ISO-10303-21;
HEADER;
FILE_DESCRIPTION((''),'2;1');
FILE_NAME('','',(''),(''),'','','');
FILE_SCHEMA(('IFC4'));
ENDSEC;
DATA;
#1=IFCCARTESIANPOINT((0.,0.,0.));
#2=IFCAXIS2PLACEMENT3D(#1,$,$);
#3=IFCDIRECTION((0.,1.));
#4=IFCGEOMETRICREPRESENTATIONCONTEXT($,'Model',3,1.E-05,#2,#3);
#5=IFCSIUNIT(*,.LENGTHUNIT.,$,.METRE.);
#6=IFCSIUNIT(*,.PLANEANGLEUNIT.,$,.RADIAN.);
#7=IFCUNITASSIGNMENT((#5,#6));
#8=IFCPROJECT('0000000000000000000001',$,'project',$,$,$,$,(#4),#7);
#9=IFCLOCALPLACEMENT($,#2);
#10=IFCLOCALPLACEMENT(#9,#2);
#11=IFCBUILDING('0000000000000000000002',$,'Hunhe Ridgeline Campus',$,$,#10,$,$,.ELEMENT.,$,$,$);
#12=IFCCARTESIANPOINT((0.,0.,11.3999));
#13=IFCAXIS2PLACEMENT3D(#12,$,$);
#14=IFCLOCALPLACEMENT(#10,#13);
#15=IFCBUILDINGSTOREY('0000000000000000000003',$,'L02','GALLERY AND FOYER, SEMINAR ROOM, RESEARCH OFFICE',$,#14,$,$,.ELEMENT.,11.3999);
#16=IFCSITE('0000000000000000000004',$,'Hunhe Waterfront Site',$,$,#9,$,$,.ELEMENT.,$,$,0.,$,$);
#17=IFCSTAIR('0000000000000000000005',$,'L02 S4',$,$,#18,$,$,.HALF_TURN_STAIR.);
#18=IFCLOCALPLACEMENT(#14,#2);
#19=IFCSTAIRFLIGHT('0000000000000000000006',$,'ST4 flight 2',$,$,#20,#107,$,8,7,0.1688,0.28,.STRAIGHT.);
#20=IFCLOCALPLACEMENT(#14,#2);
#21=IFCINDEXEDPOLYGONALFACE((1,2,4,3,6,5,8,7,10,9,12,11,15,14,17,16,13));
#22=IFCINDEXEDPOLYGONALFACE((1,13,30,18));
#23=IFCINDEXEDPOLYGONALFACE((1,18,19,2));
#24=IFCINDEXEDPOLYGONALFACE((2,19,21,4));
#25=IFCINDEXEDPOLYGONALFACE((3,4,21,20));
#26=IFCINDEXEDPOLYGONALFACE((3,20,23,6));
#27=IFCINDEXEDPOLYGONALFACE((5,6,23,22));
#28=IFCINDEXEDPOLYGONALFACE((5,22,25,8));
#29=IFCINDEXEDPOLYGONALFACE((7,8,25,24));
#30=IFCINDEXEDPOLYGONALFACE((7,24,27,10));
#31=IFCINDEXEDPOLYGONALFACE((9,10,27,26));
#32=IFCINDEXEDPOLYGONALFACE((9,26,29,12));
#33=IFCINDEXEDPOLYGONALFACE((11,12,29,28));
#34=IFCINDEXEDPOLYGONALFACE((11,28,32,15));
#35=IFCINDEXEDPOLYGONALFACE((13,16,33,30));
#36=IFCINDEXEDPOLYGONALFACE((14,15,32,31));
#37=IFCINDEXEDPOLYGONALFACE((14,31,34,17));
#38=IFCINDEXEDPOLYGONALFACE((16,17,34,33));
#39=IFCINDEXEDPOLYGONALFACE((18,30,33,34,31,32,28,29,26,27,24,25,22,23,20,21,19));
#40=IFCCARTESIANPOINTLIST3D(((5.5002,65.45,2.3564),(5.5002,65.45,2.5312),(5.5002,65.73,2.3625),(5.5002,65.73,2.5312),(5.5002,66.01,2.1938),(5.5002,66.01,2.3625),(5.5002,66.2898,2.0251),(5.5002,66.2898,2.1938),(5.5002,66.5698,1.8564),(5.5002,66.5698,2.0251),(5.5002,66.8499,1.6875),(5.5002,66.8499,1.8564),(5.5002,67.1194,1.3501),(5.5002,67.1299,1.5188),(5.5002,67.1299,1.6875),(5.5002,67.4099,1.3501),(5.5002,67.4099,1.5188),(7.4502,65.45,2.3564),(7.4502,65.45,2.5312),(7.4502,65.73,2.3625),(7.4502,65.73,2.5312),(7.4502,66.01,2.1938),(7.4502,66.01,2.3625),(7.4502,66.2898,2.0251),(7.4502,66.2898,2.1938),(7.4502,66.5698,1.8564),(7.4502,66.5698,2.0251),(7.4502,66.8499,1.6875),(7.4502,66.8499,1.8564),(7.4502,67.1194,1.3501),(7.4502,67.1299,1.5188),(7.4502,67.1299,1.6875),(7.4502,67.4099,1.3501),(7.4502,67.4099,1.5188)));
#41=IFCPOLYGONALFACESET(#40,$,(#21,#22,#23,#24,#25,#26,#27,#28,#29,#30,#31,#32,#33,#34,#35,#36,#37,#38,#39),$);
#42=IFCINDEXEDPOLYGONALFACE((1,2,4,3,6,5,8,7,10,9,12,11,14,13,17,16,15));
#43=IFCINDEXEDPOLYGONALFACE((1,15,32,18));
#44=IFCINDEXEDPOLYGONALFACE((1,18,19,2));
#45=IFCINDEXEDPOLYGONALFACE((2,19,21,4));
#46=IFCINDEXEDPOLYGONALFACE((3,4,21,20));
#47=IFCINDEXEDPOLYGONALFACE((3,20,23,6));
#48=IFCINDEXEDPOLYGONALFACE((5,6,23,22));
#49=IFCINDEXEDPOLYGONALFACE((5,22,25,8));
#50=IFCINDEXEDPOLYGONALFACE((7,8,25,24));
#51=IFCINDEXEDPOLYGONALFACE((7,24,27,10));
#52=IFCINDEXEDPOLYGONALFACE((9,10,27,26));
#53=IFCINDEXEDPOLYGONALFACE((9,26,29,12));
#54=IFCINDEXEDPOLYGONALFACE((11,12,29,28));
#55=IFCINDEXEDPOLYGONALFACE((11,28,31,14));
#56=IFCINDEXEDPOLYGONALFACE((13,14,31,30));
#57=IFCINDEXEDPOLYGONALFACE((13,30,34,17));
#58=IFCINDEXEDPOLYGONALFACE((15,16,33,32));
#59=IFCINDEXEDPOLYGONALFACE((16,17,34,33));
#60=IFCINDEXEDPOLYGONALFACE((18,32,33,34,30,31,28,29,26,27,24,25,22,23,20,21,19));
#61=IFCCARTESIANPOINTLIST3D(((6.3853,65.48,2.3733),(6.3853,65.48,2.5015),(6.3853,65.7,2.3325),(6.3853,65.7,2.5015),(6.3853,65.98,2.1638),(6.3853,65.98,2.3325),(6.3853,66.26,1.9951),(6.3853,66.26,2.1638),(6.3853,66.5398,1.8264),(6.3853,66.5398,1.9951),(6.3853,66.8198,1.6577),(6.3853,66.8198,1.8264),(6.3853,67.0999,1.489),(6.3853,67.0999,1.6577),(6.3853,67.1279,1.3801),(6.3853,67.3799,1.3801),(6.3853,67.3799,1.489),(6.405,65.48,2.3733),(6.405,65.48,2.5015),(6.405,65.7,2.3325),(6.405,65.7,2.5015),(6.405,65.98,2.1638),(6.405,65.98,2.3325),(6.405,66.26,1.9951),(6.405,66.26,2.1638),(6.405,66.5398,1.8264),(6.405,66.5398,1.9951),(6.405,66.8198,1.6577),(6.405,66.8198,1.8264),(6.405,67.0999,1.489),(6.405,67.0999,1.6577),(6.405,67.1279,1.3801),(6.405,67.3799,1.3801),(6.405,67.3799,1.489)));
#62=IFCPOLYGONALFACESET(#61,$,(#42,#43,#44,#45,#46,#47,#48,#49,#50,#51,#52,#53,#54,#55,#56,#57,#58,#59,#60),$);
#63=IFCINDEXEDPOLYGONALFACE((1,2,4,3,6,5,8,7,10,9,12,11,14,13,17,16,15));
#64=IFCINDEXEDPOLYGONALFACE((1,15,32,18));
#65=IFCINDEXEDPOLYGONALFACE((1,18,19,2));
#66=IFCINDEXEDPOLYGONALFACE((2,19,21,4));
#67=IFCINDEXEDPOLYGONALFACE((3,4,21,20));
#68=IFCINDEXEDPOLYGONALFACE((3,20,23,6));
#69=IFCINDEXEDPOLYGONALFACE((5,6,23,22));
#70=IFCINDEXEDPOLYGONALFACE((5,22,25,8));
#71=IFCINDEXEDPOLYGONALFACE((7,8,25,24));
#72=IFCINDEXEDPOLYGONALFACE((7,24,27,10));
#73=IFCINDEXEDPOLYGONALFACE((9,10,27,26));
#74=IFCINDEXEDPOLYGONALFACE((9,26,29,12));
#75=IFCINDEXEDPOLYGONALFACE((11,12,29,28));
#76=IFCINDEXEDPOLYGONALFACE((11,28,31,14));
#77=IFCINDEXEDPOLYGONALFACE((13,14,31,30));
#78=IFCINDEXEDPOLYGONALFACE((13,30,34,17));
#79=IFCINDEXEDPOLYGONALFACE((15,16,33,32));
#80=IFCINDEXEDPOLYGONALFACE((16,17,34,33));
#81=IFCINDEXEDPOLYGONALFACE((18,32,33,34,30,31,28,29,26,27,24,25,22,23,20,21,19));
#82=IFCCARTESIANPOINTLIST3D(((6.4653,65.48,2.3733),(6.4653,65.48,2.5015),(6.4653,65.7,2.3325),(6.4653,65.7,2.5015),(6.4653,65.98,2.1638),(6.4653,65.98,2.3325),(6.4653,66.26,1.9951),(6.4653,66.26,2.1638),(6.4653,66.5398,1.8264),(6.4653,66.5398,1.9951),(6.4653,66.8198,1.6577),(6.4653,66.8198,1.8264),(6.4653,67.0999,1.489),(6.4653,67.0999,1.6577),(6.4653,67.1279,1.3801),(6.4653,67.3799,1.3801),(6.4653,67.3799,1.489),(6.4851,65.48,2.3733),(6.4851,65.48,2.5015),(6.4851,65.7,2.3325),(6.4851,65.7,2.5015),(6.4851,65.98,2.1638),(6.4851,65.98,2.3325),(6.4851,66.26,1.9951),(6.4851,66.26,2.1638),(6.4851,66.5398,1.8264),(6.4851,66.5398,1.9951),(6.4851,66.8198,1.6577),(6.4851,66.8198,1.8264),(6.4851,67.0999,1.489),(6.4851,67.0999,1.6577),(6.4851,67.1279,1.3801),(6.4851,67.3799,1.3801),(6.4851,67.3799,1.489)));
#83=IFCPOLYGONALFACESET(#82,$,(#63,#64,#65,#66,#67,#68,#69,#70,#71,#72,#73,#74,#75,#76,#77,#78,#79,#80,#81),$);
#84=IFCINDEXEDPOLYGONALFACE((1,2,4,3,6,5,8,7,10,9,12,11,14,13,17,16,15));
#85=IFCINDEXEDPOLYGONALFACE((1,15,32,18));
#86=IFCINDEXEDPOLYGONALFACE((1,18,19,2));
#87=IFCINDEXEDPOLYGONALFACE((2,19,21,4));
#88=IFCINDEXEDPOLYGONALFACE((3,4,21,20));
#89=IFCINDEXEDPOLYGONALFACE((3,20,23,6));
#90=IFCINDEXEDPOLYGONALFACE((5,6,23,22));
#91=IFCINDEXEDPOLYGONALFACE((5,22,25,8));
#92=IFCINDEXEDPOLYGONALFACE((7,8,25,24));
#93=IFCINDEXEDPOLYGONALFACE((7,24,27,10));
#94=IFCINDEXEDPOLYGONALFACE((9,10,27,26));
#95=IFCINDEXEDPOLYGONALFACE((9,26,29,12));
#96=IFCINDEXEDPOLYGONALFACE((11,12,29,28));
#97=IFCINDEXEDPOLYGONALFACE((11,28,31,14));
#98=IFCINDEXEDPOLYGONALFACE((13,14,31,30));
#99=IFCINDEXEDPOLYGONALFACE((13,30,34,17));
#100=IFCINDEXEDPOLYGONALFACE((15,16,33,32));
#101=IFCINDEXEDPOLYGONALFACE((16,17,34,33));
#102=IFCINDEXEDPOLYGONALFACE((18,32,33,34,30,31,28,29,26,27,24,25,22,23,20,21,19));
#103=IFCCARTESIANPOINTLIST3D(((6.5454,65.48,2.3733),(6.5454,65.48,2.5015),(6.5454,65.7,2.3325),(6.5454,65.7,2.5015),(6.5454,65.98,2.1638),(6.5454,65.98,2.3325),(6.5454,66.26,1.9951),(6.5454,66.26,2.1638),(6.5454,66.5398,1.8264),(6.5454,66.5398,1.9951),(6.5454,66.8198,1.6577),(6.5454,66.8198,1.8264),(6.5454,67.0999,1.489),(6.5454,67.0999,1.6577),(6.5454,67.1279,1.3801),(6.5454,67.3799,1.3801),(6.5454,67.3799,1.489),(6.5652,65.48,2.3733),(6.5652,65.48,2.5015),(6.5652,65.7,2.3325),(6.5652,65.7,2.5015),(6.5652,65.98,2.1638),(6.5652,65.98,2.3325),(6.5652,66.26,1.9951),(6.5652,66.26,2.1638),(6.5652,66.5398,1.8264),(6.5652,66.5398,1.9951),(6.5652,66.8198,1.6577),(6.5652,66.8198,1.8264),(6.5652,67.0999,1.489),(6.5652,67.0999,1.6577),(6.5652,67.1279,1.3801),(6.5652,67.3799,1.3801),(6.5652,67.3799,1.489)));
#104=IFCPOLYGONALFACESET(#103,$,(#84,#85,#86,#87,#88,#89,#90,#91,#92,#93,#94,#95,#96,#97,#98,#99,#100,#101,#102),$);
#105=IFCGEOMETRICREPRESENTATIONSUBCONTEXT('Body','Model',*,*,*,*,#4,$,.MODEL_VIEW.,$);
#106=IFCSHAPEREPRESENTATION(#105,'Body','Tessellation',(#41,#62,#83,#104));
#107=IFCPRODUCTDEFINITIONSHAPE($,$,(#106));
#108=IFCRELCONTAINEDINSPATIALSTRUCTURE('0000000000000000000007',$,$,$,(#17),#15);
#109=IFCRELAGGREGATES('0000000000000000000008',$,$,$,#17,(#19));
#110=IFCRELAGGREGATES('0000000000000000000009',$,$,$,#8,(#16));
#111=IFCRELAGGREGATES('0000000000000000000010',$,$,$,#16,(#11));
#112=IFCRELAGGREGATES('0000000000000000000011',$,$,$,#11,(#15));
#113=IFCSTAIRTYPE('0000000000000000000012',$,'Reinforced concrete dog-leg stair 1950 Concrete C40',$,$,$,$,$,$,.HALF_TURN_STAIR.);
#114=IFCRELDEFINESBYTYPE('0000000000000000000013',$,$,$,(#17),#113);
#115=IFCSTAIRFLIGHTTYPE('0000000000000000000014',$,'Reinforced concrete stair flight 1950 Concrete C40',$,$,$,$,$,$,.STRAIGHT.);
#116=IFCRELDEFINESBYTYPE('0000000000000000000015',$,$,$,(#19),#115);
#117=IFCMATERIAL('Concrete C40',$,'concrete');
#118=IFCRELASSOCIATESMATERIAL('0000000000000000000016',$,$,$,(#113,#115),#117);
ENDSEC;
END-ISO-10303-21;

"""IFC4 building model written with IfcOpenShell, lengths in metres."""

from ifc_helpers import new_model, si_unit, direction, frame, origin, place, context, subcontext, project, spatial, polyline, outline, extrude, material, type_object, element, aggregate, save


model = new_model("IFC4")

# Units and contexts
model_context = context("Model", 3, precision=1e-05, world=origin(), true_north=direction((0.0, 1.0)))
body_context = subcontext(model_context, "Body", "Model", "MODEL_VIEW")
ifc_project = project(units=[si_unit("LENGTHUNIT", "METRE"), si_unit("PLANEANGLEUNIT", "RADIAN")], contexts=[model_context])

# Site, building, storey
site_placement = place(None, origin())
site = spatial("IfcSite", under=ifc_project, at=site_placement, Name="Hunhe Waterfront Site", CompositionType="ELEMENT", RefElevation=0.0)
building_placement = place(site_placement, origin())
building = spatial("IfcBuilding", under=site, at=building_placement, Name="Hunhe Ridgeline Campus", CompositionType="ELEMENT")
storey_placement = place(building_placement, frame((0.0, 0.0, 11.3999)))
storey = spatial("IfcBuildingStorey", under=building, at=storey_placement, Name="L02", Description="GALLERY AND FOYER, SEMINAR ROOM, RESEARCH OFFICE", CompositionType="ELEMENT", Elevation=11.3999)

# Stair, stair flight
ifc_material_1 = material(Name="Concrete C40", Category="concrete")
stair_type = type_object("IfcStairType", Name="Reinforced concrete dog-leg stair 1950 Concrete C40", PredefinedType="HALF_TURN_STAIR", material=ifc_material_1)
stair_flight_type = type_object("IfcStairFlightType", Name="Reinforced concrete stair flight 1950 Concrete C40", PredefinedType="STRAIGHT", material=ifc_material_1)
stair_1_placement = place(storey_placement, origin())
stair_1 = element("IfcStair", 1, at=stair_1_placement, inside=storey, type_object=stair_type, Name="L02 S4", PredefinedType="HALF_TURN_STAIR")
stair_flight_1_placement = place(storey_placement, frame((6.4751, 67.4099, 1.3501), z_axis=(0.0, 0.0, 1.0), x_axis=(0.0, -1.0, 0.0)))
stair_flight_1 = element("IfcStairFlight", 2, at=stair_flight_1_placement, type_object=stair_flight_type, Name="ST4 flight 2", NumberOfRisers=8, NumberOfTreads=7, PredefinedType="STRAIGHT", RiserHeight=0.1688, TreadLength=0.28, context=body_context, shape_type="SweptSolid", body=[
    extrude(outline(polyline([(0.0, 0.0), (0.0, 0.1687), (0.28, 0.1687), (0.28, 0.3374), (0.5601, 0.3374), (0.5601, 0.5063), (0.8401, 0.5063), (0.8401, 0.675), (1.1201, 0.675), (1.1201, 0.8438), (1.3999, 0.8438), (1.3999, 1.0125), (1.6799, 1.0125), (1.6799, 1.1812), (1.96, 1.1812), (1.96, 1.3501), (1.96, 1.0063), (0.2905, 0.0), (0.0, 0.0)])), frame((0.0, 0.9751, 0.0), z_axis=(0.0, -1.0, 0.0), x_axis=(1.0, 0.0, 0.0)), (0.0, 0.0, 1.0), 1.95),
    extrude(outline(polyline([(0.03, 0.03), (0.03, 0.1389), (0.3101, 0.1389), (0.3101, 0.3076), (0.5901, 0.3076), (0.5901, 0.4763), (0.8701, 0.4763), (0.8701, 0.645), (1.1499, 0.645), (1.1499, 0.8137), (1.4299, 0.8137), (1.4299, 0.9824), (1.71, 0.9824), (1.71, 1.1514), (1.9299, 1.1514), (1.9299, 1.0232), (0.282, 0.03), (0.03, 0.03)])), frame((0.0, -0.0701, 0.0), z_axis=(0.0, -1.0, 0.0), x_axis=(1.0, 0.0, 0.0)), (0.0, 0.0, 1.0), 0.0198),
    extrude(outline(polyline([(0.03, 0.03), (0.03, 0.1389), (0.3101, 0.1389), (0.3101, 0.3076), (0.5901, 0.3076), (0.5901, 0.4763), (0.8701, 0.4763), (0.8701, 0.645), (1.1499, 0.645), (1.1499, 0.8137), (1.4299, 0.8137), (1.4299, 0.9824), (1.71, 0.9824), (1.71, 1.1514), (1.9299, 1.1514), (1.9299, 1.0232), (0.282, 0.03), (0.03, 0.03)])), frame((0.0, 0.01, 0.0), z_axis=(0.0, -1.0, 0.0), x_axis=(1.0, 0.0, 0.0)), (0.0, 0.0, 1.0), 0.0198),
    extrude(outline(polyline([(0.03, 0.03), (0.03, 0.1389), (0.3101, 0.1389), (0.3101, 0.3076), (0.5901, 0.3076), (0.5901, 0.4763), (0.8701, 0.4763), (0.8701, 0.645), (1.1499, 0.645), (1.1499, 0.8137), (1.4299, 0.8137), (1.4299, 0.9824), (1.71, 0.9824), (1.71, 1.1514), (1.9299, 1.1514), (1.9299, 1.0232), (0.282, 0.03), (0.03, 0.03)])), frame((0.0, 0.0901, 0.0), z_axis=(0.0, -1.0, 0.0), x_axis=(1.0, 0.0, 0.0)), (0.0, 0.0, 1.0), 0.0198),
])
aggregate(stair_1, [stair_flight_1])

save(model, "model.ifc")
